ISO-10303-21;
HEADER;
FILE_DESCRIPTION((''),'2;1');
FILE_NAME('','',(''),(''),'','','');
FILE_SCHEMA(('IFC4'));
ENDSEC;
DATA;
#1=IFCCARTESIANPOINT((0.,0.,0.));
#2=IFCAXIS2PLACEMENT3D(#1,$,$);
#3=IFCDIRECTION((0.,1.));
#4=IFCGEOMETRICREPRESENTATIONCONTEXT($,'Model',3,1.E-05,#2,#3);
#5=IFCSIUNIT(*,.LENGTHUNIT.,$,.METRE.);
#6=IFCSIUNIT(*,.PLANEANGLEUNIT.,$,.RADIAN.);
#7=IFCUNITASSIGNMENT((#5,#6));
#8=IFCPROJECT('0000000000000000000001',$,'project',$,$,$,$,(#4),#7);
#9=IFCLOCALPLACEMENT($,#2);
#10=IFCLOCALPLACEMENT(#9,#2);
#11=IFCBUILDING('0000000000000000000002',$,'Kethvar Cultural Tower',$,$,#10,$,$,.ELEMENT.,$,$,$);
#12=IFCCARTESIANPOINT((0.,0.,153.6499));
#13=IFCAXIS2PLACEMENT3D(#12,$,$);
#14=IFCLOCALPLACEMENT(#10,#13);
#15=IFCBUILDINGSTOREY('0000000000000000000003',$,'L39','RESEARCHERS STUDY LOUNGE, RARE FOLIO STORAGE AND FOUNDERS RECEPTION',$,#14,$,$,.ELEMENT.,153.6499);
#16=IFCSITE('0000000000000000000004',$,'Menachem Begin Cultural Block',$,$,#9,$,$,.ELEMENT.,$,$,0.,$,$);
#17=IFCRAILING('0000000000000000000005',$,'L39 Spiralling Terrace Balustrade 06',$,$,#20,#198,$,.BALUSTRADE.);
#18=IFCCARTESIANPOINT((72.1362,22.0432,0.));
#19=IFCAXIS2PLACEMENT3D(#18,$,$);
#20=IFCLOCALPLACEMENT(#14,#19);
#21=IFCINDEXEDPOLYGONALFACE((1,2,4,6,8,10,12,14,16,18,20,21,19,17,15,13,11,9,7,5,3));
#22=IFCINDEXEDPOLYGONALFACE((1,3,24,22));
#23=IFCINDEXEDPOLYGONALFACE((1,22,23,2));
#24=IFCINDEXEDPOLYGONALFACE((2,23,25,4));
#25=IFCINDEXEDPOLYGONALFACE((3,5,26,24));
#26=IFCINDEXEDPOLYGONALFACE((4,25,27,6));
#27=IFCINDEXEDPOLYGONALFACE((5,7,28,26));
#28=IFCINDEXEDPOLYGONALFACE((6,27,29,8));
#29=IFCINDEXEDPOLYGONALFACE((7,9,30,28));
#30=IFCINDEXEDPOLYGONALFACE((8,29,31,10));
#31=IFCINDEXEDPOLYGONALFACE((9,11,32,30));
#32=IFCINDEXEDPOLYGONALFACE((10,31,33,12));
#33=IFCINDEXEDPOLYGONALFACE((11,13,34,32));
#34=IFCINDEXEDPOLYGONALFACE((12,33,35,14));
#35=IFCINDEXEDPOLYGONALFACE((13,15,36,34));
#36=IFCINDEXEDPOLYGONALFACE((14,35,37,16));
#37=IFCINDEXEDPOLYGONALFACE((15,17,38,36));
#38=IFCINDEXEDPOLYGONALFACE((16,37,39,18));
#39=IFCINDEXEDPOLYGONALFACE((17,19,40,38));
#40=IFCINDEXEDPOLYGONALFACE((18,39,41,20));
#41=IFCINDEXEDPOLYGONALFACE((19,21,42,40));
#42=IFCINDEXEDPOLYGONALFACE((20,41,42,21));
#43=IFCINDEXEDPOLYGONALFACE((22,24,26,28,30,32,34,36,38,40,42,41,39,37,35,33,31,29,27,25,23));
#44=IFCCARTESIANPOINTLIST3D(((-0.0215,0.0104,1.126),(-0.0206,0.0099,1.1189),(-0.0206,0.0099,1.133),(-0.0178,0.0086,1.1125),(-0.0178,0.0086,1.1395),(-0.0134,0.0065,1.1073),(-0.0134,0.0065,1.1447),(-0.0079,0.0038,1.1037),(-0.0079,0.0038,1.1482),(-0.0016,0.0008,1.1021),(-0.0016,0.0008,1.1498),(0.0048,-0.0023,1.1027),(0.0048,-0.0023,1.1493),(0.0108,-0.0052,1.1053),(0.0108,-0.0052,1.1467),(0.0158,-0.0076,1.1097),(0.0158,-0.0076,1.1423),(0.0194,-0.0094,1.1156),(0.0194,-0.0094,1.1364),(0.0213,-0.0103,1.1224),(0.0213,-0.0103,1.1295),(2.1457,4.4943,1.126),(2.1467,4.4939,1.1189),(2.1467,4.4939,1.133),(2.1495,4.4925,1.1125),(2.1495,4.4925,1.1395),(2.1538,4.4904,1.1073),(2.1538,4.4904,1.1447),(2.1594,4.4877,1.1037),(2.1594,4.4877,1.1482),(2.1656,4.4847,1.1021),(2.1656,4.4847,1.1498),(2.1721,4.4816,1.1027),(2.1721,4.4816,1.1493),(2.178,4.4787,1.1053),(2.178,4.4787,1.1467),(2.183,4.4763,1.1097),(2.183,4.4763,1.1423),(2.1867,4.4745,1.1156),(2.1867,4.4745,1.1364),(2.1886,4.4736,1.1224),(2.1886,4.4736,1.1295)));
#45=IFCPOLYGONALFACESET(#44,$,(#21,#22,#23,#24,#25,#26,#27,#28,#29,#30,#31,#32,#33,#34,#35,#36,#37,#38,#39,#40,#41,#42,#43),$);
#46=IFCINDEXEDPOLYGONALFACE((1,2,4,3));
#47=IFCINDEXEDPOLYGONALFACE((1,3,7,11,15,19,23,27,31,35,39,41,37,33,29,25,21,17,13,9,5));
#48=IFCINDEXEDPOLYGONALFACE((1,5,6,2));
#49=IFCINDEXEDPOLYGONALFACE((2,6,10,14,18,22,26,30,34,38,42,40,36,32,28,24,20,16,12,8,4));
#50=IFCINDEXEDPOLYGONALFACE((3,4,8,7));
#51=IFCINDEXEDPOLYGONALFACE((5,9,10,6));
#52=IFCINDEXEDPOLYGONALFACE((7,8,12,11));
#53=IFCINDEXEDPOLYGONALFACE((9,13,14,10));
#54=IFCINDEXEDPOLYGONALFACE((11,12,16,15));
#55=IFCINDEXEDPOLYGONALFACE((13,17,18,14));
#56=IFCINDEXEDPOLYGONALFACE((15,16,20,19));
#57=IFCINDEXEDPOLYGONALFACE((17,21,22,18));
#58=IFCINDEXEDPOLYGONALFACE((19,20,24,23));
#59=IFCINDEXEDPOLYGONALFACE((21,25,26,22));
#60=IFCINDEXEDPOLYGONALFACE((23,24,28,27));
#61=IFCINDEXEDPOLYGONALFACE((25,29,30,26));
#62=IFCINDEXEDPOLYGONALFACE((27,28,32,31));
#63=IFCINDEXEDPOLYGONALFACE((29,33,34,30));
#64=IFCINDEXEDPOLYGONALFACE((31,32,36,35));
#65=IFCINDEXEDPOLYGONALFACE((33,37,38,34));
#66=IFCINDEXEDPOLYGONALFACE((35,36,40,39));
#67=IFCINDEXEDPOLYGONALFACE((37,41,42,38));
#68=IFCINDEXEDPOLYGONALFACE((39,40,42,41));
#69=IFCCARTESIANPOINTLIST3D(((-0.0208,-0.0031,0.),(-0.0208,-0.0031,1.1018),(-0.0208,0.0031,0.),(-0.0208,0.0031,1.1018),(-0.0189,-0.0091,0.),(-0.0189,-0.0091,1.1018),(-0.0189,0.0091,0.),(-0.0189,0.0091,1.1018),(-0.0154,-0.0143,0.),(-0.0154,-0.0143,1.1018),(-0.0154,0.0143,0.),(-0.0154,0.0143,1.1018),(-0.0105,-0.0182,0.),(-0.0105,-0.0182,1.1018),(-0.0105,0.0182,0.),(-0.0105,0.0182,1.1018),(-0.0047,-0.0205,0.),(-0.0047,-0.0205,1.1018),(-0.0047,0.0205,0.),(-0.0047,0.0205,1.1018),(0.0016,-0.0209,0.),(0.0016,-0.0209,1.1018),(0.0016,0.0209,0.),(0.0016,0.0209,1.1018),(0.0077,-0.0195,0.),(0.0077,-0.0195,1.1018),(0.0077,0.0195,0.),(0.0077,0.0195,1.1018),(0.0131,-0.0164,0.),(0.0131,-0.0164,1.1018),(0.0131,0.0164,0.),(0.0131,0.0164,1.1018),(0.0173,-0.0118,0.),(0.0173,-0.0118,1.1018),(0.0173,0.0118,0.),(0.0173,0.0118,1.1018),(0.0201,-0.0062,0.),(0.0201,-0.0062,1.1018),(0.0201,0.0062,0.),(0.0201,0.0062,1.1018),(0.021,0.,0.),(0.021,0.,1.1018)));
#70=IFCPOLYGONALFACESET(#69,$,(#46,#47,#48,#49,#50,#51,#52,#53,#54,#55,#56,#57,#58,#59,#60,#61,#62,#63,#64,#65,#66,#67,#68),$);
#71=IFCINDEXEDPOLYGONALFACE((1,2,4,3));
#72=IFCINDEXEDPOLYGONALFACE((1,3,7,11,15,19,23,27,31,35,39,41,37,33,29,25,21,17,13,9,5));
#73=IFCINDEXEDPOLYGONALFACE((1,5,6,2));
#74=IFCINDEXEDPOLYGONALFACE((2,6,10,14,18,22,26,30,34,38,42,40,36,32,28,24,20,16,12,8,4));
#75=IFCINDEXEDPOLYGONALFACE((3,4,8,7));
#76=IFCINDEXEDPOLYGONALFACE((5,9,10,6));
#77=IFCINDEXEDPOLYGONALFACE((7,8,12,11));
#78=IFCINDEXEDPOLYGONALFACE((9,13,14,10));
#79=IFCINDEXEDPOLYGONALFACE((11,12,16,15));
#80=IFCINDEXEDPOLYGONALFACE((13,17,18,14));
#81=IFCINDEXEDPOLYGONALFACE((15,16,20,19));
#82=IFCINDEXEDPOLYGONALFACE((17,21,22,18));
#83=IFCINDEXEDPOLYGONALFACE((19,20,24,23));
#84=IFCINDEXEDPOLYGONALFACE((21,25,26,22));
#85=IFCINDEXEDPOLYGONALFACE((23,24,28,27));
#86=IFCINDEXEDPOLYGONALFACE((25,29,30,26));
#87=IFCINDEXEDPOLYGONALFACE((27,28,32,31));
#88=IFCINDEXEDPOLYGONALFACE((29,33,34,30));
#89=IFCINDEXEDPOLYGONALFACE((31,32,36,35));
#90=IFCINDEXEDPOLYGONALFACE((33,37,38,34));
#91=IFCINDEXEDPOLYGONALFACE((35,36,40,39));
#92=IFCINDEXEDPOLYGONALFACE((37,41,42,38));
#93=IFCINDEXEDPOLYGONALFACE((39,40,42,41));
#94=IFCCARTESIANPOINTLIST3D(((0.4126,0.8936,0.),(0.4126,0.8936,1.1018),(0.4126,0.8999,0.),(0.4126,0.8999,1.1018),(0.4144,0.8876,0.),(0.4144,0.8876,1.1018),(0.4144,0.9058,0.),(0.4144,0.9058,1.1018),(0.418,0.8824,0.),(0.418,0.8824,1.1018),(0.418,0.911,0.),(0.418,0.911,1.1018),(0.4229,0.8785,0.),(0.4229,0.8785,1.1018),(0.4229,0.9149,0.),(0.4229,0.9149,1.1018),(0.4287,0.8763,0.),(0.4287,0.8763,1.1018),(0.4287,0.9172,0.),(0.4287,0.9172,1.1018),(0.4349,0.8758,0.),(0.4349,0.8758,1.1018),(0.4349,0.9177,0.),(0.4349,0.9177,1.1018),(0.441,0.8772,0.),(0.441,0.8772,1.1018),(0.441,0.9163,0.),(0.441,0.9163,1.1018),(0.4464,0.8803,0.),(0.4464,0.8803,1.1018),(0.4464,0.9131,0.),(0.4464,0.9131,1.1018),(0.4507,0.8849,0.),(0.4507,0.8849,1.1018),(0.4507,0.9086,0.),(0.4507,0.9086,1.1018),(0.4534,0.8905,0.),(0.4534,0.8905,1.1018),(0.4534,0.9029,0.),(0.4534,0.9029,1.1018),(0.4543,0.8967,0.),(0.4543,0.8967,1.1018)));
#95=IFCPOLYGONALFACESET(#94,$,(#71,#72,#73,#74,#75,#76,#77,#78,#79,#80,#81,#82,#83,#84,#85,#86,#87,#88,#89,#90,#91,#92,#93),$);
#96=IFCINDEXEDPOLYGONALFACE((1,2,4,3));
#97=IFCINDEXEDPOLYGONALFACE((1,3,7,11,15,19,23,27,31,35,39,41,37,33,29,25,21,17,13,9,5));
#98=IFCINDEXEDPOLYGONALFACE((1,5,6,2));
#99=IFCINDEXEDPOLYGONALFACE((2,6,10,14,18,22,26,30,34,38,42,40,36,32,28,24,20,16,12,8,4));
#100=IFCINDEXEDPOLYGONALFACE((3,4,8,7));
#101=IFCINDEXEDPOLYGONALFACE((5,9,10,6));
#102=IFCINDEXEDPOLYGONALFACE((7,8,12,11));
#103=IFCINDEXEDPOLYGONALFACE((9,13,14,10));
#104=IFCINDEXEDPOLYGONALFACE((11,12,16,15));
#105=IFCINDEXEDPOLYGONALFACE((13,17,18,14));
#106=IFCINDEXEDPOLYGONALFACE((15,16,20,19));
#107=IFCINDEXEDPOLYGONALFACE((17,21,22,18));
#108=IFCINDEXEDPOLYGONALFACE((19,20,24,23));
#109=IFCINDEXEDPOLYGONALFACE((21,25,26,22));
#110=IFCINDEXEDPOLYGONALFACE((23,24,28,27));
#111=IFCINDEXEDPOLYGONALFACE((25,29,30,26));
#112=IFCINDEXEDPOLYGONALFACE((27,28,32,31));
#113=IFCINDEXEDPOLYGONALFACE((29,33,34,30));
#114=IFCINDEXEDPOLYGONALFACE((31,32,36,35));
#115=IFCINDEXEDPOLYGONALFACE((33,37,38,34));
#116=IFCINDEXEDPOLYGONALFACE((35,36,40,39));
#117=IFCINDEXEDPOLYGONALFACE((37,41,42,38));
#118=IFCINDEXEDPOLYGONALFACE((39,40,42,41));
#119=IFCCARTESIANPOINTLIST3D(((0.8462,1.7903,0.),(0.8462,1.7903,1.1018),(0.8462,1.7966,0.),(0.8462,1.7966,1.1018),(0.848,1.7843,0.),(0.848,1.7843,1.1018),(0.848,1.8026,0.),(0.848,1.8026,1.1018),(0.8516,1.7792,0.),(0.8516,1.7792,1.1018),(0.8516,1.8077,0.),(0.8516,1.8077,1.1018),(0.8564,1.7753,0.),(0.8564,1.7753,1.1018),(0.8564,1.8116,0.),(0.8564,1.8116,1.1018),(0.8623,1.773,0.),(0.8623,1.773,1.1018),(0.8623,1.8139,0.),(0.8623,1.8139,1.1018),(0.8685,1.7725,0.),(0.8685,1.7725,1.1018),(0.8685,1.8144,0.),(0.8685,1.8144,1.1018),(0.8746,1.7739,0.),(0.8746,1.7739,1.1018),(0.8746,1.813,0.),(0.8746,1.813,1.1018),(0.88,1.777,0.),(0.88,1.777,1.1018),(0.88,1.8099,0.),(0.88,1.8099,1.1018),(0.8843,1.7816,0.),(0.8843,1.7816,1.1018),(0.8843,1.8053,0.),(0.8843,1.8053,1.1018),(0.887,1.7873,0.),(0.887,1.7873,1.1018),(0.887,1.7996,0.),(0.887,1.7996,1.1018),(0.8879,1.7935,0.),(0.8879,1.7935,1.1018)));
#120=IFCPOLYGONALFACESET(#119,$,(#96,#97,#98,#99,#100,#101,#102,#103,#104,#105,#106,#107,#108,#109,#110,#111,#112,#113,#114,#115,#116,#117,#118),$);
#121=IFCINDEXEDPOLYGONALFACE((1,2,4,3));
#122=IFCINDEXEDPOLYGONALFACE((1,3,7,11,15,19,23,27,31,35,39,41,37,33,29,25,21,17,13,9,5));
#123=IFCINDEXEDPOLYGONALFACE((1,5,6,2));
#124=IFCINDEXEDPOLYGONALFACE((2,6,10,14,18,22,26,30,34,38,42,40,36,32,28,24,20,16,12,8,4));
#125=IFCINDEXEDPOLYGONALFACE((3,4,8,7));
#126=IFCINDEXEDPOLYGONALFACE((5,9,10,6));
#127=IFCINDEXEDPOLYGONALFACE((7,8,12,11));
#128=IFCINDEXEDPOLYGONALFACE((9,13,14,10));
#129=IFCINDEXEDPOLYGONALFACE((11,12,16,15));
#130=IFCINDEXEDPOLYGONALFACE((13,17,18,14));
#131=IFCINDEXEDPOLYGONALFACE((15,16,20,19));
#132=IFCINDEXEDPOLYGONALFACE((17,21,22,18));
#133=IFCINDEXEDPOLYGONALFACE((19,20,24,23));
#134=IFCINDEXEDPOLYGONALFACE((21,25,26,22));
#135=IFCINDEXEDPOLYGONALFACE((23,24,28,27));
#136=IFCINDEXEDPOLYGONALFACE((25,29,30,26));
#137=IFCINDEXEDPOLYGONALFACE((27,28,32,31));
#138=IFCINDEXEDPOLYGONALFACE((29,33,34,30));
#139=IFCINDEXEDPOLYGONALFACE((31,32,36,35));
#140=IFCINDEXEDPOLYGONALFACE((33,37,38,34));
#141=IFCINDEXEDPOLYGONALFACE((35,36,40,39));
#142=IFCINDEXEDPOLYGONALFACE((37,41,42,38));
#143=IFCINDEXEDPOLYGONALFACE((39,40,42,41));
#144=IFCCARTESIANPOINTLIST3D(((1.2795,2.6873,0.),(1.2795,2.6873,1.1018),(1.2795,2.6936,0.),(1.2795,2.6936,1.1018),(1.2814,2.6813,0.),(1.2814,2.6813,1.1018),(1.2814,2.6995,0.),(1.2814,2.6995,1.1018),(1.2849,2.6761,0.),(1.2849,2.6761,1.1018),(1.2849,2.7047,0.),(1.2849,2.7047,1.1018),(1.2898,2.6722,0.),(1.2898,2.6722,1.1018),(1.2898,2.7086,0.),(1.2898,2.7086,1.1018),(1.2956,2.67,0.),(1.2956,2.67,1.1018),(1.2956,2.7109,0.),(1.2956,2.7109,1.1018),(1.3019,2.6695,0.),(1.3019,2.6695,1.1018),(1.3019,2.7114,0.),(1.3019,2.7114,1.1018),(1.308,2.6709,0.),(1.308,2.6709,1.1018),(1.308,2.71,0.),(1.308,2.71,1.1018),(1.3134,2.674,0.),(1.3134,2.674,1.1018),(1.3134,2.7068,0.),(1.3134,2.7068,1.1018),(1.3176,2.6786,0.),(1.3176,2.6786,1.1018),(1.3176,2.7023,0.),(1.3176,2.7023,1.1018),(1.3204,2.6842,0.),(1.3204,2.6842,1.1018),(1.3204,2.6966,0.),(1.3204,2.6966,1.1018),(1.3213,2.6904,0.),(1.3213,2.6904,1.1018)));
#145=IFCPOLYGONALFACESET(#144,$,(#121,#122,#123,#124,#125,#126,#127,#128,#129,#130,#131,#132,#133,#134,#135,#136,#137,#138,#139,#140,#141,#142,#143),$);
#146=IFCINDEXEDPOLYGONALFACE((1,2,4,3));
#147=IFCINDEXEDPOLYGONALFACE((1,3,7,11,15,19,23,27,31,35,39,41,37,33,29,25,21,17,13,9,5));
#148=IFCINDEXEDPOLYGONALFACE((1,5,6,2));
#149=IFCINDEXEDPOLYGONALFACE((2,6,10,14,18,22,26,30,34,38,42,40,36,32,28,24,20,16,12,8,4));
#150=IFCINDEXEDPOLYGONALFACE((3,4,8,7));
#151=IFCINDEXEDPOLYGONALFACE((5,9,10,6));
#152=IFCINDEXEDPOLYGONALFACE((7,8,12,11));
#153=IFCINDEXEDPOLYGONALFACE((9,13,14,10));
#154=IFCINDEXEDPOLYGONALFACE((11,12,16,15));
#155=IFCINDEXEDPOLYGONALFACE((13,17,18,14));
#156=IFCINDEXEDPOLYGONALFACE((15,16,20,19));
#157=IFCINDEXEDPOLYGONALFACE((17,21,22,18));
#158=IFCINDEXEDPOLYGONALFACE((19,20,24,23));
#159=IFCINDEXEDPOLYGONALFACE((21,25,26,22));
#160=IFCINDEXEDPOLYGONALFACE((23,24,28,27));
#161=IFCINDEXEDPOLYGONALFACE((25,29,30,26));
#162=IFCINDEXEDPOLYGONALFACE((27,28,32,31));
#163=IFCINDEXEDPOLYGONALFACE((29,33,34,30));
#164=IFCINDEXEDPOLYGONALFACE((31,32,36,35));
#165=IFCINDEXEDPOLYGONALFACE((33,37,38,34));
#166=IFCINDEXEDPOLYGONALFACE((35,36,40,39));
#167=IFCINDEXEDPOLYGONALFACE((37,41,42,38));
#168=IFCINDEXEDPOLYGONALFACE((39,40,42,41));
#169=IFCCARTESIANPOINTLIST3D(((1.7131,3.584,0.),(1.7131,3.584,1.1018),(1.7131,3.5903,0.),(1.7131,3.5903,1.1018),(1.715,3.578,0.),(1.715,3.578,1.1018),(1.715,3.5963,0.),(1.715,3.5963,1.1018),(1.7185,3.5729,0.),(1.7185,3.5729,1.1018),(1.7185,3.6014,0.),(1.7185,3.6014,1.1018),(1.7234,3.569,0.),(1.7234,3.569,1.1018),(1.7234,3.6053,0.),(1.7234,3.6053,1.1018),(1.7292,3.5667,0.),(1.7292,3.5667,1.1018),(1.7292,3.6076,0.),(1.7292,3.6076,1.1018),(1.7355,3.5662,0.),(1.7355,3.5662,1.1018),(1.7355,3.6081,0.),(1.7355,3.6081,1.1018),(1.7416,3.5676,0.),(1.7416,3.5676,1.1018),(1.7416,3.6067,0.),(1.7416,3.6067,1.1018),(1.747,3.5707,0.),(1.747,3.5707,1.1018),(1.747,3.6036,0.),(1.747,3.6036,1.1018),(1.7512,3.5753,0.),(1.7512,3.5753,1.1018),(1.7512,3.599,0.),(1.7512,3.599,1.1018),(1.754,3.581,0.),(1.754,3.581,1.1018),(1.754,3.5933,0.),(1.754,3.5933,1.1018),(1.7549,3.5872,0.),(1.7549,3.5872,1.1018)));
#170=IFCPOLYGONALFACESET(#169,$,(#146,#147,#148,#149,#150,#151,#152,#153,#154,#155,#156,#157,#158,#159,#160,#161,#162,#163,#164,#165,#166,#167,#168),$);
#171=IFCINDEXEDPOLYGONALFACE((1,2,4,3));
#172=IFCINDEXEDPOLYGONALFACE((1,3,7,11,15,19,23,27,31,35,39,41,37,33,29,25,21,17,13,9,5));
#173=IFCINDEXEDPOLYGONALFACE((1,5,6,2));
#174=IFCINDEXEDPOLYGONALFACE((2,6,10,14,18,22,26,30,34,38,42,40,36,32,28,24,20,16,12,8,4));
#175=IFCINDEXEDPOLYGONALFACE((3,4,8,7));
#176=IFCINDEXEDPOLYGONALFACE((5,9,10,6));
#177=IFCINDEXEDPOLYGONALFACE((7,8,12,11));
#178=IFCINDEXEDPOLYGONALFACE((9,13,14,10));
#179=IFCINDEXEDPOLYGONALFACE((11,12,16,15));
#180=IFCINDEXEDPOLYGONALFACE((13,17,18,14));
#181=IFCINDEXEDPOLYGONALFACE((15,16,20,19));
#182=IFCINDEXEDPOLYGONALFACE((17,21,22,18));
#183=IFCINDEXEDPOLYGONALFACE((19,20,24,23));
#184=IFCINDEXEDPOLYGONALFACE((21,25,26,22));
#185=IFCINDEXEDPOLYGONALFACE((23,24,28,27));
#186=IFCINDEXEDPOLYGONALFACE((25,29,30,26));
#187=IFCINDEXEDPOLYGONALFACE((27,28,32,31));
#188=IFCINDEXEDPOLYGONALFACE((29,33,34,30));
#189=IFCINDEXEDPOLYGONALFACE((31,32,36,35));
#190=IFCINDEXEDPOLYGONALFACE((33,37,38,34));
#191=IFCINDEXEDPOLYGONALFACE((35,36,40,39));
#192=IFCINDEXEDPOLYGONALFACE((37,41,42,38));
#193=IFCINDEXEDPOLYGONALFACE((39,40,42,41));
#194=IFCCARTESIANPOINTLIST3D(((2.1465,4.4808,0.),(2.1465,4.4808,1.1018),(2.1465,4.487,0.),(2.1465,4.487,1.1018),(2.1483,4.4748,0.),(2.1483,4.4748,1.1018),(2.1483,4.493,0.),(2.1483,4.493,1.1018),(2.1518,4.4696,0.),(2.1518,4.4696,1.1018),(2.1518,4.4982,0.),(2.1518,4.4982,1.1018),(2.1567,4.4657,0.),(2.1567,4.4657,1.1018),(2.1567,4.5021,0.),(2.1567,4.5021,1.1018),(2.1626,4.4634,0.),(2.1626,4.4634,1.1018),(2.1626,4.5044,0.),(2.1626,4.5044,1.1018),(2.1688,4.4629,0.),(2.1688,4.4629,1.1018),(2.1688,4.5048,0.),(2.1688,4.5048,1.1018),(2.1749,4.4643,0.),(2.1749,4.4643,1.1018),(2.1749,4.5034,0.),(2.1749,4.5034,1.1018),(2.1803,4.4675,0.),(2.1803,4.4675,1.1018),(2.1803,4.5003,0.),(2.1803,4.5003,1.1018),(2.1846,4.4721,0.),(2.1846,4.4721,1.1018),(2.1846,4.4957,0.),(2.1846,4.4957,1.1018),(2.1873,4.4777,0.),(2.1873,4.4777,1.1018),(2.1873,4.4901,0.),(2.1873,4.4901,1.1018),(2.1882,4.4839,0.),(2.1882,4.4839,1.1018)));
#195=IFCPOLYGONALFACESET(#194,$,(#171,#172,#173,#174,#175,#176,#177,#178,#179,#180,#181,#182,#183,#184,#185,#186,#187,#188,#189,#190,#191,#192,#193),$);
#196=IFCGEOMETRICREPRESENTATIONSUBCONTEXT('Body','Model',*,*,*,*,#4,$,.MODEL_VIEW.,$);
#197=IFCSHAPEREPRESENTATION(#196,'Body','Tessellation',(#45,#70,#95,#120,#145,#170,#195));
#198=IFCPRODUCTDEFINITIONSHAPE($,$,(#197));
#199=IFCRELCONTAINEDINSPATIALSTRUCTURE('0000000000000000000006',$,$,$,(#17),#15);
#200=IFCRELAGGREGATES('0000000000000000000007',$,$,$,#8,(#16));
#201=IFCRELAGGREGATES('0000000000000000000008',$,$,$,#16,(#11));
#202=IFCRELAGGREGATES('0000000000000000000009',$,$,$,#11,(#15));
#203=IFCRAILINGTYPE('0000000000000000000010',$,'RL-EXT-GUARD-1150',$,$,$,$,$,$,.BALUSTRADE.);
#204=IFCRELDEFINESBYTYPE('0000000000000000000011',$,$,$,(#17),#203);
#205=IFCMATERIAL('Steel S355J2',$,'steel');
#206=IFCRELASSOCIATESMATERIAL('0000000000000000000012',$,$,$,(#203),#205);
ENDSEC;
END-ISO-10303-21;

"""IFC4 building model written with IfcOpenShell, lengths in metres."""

from ifc_helpers import new_model, si_unit, direction, frame, origin, origin_2d, place, context, subcontext, project, spatial, circle, extrude, material, type_object, element, save


model = new_model("IFC4")

# Units and contexts
model_context = context("Model", 3, precision=1e-05, world=origin(), true_north=direction((0.0, 1.0)))
body_context = subcontext(model_context, "Body", "Model", "MODEL_VIEW")
ifc_project = project(units=[si_unit("LENGTHUNIT", "METRE"), si_unit("PLANEANGLEUNIT", "RADIAN")], contexts=[model_context])

# Site, building, storey
site_placement = place(None, origin())
site = spatial("IfcSite", under=ifc_project, at=site_placement, Name="Menachem Begin Cultural Block", CompositionType="ELEMENT", RefElevation=0.0)
building_placement = place(site_placement, origin())
building = spatial("IfcBuilding", under=site, at=building_placement, Name="Kethvar Cultural Tower", CompositionType="ELEMENT")
storey_placement = place(building_placement, frame((0.0, 0.0, 153.6499)))
storey = spatial("IfcBuildingStorey", under=building, at=storey_placement, Name="L39", Description="RESEARCHERS STUDY LOUNGE, RARE FOLIO STORAGE AND FOUNDERS RECEPTION", CompositionType="ELEMENT", Elevation=153.6499)

# Shared definitions
ifc_material_1 = material(Name="Steel S355J2", Category="steel")

# Railing
railing_type = type_object("IfcRailingType", Name="RL-EXT-GUARD-1150", PredefinedType="BALUSTRADE", material=ifc_material_1)
railing_1_placement = place(storey_placement, frame((72.1362, 22.0432, 0.0)))
element("IfcRailing", 1, at=railing_1_placement, inside=storey, type_object=railing_type, Name="L39 Spiralling Terrace Balustrade 06", PredefinedType="BALUSTRADE", context=body_context, shape_type="SweptSolid", body=[
    extrude(circle(Radius=0.0239, at=origin_2d()), frame((0.0, 0.0, 1.126), z_axis=(0.435173, 0.900347, 0.0), x_axis=(-0.900347, 0.435173, 0.0)), (0.0, 0.0, 1.0), 4.9802),
    extrude(circle(Radius=0.021, at=origin_2d()), origin(), (0.0, 0.0, 1.0), 1.1018),
    extrude(circle(Radius=0.021, at=origin_2d()), frame((0.4333, 0.8967, 0.0)), (0.0, 0.0, 1.0), 1.1018),
    extrude(circle(Radius=0.021, at=origin_2d()), frame((0.8669, 1.7935, 0.0)), (0.0, 0.0, 1.0), 1.1018),
    extrude(circle(Radius=0.021, at=origin_2d()), frame((1.3003, 2.6904, 0.0)), (0.0, 0.0, 1.0), 1.1018),
    extrude(circle(Radius=0.021, at=origin_2d()), frame((1.7339, 3.5872, 0.0)), (0.0, 0.0, 1.0), 1.1018),
    extrude(circle(Radius=0.021, at=origin_2d()), frame((2.1672, 4.4839, 0.0)), (0.0, 0.0, 1.0), 1.1018),
])

save(model, "model.ifc")
